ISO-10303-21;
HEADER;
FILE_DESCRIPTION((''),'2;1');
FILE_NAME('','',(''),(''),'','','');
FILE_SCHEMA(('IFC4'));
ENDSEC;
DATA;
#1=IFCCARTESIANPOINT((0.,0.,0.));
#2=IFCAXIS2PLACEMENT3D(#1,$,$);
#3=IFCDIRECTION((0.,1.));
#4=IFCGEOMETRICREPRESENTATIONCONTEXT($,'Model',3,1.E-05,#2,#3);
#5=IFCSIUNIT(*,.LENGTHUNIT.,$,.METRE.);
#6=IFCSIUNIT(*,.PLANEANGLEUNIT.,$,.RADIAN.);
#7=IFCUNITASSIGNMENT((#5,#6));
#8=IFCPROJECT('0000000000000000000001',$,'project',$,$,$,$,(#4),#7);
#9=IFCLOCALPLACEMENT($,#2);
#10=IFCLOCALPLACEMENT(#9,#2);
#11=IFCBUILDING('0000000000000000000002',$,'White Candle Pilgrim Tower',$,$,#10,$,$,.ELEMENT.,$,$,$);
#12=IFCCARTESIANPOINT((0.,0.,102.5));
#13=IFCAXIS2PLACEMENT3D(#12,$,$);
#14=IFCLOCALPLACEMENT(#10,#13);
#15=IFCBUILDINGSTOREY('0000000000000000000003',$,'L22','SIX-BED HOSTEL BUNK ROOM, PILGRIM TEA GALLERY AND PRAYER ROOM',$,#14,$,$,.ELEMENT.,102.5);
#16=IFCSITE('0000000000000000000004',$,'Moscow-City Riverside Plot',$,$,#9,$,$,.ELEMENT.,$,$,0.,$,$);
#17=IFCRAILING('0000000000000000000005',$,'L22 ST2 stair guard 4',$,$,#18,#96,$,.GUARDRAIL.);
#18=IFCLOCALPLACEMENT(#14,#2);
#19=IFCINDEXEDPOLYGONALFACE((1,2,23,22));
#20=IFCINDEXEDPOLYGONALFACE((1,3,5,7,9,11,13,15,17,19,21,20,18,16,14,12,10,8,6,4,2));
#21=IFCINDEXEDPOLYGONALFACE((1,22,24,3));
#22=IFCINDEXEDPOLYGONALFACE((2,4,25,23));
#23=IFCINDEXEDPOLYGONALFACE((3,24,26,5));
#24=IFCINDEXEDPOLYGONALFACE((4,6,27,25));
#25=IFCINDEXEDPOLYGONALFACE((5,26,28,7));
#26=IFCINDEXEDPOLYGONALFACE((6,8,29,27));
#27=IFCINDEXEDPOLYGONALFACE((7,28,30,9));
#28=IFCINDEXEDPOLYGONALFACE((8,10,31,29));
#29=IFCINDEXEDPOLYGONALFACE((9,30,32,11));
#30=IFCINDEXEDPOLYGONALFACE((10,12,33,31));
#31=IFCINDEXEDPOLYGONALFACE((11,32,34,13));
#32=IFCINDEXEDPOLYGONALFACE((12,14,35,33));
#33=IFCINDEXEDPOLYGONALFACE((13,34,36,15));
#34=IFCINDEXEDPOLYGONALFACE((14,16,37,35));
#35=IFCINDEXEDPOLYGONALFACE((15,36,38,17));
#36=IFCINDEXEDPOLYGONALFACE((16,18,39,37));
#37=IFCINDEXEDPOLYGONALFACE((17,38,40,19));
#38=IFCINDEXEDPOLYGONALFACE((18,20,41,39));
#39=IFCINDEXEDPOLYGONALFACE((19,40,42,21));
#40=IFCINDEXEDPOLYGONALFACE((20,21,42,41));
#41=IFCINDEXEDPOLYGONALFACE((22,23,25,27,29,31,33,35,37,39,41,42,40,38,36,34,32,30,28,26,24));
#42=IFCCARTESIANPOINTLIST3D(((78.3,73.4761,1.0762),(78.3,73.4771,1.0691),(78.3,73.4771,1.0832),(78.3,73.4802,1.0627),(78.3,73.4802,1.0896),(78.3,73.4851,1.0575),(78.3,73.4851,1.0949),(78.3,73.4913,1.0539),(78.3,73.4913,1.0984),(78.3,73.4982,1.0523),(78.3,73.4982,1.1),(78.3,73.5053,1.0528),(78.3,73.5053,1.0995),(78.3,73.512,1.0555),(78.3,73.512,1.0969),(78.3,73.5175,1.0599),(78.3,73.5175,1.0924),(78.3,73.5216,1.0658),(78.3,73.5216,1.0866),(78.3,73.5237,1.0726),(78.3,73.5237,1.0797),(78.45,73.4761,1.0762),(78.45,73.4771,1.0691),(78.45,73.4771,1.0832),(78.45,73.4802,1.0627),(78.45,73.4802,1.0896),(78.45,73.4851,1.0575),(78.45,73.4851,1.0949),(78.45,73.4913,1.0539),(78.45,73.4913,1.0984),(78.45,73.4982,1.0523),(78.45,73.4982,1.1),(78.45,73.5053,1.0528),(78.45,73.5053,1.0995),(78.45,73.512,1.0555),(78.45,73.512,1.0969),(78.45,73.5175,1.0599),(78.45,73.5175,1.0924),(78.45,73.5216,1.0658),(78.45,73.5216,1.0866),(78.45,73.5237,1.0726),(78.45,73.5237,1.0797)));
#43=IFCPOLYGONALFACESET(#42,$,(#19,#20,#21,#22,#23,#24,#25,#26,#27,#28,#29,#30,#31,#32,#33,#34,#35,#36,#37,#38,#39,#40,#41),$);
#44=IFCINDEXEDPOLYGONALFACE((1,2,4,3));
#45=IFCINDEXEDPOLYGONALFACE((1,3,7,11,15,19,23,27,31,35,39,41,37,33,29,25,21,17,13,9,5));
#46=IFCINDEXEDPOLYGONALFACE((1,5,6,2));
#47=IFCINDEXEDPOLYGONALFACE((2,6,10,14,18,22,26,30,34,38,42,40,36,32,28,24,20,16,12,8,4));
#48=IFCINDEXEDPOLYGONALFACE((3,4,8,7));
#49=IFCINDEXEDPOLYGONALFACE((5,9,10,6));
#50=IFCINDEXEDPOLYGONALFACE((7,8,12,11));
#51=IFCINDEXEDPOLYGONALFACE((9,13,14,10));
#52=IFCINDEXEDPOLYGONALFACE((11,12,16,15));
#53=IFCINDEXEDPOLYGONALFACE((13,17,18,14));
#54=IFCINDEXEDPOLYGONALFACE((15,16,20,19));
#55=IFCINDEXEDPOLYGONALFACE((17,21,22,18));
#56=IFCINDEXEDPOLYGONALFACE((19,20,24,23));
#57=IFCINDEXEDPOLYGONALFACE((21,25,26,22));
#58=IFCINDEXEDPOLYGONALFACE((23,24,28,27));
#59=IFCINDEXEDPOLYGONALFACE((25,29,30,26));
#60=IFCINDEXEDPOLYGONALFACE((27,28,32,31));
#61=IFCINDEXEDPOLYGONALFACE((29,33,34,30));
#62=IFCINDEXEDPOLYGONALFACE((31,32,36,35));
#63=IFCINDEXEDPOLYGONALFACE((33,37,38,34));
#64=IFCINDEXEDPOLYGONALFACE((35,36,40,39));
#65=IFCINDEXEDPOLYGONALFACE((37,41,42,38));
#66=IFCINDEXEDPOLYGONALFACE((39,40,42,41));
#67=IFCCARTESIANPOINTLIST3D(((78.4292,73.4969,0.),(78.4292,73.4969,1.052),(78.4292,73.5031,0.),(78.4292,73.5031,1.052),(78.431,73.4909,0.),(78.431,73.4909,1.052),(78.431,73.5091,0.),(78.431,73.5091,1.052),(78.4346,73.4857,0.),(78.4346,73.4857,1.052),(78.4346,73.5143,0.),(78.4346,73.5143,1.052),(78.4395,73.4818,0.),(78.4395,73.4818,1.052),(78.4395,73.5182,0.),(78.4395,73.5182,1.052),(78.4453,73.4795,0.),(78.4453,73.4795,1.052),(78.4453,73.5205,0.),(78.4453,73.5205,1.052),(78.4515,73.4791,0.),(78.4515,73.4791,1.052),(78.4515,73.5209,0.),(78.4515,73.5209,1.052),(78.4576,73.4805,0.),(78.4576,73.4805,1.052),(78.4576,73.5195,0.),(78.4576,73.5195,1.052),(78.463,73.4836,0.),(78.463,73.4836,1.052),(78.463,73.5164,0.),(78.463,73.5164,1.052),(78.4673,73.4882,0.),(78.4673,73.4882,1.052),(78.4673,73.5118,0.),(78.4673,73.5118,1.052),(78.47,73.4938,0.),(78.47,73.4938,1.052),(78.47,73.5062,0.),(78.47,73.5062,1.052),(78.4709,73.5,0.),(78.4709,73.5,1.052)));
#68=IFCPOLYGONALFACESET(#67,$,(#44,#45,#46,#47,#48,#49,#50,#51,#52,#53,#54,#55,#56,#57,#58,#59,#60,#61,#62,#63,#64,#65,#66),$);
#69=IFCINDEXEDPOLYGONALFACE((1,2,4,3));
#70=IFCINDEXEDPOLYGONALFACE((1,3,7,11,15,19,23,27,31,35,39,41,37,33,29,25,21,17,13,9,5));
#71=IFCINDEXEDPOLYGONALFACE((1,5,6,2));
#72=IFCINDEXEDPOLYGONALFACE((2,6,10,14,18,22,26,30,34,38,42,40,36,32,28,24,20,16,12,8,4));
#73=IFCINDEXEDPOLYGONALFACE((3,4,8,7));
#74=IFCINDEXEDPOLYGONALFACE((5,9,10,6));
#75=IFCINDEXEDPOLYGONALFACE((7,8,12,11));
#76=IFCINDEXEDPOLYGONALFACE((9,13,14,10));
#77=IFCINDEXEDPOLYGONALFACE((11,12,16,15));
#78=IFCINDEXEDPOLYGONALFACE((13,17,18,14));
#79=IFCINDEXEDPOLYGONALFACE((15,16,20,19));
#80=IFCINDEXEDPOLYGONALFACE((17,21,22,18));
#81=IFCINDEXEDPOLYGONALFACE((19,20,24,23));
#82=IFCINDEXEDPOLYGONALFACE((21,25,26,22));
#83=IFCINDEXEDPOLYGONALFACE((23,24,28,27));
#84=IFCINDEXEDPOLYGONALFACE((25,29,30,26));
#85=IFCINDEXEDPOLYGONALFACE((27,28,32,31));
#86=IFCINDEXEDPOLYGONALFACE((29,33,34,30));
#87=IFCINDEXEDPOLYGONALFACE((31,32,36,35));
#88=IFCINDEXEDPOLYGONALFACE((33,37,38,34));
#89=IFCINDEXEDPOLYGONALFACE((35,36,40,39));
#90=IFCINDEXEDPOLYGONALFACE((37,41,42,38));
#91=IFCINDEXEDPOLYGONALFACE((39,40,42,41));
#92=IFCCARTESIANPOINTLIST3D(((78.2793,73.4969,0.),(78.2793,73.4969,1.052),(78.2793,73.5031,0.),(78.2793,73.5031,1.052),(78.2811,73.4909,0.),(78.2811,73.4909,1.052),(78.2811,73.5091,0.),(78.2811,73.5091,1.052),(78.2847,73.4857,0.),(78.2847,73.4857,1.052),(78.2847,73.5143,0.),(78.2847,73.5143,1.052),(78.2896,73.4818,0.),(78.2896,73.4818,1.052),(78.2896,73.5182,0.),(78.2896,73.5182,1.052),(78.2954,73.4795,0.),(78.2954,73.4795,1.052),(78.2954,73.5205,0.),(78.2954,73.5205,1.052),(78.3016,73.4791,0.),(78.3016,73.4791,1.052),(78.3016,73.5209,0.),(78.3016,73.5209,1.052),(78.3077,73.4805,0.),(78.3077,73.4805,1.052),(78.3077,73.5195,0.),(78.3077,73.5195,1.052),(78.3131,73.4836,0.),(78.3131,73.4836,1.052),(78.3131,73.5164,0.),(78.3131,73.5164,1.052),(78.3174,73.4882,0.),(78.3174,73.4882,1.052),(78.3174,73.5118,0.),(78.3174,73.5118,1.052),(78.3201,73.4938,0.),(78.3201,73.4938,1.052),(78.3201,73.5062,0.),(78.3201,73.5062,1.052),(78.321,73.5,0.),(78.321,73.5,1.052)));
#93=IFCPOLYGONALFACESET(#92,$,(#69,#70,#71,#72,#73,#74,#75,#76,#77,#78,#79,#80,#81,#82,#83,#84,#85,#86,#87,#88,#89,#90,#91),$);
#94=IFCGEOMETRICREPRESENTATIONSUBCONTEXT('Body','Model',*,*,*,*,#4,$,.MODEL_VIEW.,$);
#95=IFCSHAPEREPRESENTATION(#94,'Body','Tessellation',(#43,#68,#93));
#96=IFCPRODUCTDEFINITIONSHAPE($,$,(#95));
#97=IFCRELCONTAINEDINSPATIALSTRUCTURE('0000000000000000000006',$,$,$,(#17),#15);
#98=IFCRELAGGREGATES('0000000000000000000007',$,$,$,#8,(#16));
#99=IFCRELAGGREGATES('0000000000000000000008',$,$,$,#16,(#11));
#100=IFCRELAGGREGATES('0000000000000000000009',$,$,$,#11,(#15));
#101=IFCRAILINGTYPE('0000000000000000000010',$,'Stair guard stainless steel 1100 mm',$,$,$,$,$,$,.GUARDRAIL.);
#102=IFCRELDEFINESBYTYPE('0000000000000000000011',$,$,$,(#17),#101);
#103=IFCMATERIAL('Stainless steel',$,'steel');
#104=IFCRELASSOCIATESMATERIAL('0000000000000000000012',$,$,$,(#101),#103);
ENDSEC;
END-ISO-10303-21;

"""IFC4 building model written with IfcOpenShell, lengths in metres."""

from ifc_helpers import new_model, si_unit, direction, frame, origin, origin_2d, place, context, subcontext, project, spatial, circle, extrude, material, type_object, element, save


model = new_model("IFC4")

# Units and contexts
model_context = context("Model", 3, precision=1e-05, world=origin(), true_north=direction((0.0, 1.0)))
body_context = subcontext(model_context, "Body", "Model", "MODEL_VIEW")
ifc_project = project(units=[si_unit("LENGTHUNIT", "METRE"), si_unit("PLANEANGLEUNIT", "RADIAN")], contexts=[model_context])

# Site, building, storey
site_placement = place(None, origin())
site = spatial("IfcSite", under=ifc_project, at=site_placement, Name="Moscow-City Riverside Plot", CompositionType="ELEMENT", RefElevation=0.0)
building_placement = place(site_placement, origin())
building = spatial("IfcBuilding", under=site, at=building_placement, Name="White Candle Pilgrim Tower", CompositionType="ELEMENT")
storey_placement = place(building_placement, frame((0.0, 0.0, 102.5)))
storey = spatial("IfcBuildingStorey", under=building, at=storey_placement, Name="L22", Description="SIX-BED HOSTEL BUNK ROOM, PILGRIM TEA GALLERY AND PRAYER ROOM", CompositionType="ELEMENT", Elevation=102.5)

# Railing
ifc_material_1 = material(Name="Stainless steel", Category="steel")
railing_type_1 = type_object("IfcRailingType", Name="Stair guard stainless steel 1100 mm", PredefinedType="GUARDRAIL", material=ifc_material_1)
railing_1_placement = place(storey_placement, frame((78.45, 73.5, 0.0)))
element("IfcRailing", 1, at=railing_1_placement, inside=storey, type_object=railing_type_1, Name="L22 ST2 stair guard 4", PredefinedType="GUARDRAIL", context=body_context, shape_type="SweptSolid", body=[
    extrude(circle(Radius=0.0239, at=origin_2d()), frame((0.0, 0.0, 1.0762), z_axis=(-1.0, 0.0, 0.0), x_axis=(0.0, -1.0, 0.0)), (0.0, 0.0, 1.0), 0.1499),
    extrude(circle(Radius=0.021, at=origin_2d()), origin(), (0.0, 0.0, 1.0), 1.052),
    extrude(circle(Radius=0.021, at=origin_2d()), frame((-0.1499, 0.0, 0.0)), (0.0, 0.0, 1.0), 1.052),
])

save(model, "model.ifc")
